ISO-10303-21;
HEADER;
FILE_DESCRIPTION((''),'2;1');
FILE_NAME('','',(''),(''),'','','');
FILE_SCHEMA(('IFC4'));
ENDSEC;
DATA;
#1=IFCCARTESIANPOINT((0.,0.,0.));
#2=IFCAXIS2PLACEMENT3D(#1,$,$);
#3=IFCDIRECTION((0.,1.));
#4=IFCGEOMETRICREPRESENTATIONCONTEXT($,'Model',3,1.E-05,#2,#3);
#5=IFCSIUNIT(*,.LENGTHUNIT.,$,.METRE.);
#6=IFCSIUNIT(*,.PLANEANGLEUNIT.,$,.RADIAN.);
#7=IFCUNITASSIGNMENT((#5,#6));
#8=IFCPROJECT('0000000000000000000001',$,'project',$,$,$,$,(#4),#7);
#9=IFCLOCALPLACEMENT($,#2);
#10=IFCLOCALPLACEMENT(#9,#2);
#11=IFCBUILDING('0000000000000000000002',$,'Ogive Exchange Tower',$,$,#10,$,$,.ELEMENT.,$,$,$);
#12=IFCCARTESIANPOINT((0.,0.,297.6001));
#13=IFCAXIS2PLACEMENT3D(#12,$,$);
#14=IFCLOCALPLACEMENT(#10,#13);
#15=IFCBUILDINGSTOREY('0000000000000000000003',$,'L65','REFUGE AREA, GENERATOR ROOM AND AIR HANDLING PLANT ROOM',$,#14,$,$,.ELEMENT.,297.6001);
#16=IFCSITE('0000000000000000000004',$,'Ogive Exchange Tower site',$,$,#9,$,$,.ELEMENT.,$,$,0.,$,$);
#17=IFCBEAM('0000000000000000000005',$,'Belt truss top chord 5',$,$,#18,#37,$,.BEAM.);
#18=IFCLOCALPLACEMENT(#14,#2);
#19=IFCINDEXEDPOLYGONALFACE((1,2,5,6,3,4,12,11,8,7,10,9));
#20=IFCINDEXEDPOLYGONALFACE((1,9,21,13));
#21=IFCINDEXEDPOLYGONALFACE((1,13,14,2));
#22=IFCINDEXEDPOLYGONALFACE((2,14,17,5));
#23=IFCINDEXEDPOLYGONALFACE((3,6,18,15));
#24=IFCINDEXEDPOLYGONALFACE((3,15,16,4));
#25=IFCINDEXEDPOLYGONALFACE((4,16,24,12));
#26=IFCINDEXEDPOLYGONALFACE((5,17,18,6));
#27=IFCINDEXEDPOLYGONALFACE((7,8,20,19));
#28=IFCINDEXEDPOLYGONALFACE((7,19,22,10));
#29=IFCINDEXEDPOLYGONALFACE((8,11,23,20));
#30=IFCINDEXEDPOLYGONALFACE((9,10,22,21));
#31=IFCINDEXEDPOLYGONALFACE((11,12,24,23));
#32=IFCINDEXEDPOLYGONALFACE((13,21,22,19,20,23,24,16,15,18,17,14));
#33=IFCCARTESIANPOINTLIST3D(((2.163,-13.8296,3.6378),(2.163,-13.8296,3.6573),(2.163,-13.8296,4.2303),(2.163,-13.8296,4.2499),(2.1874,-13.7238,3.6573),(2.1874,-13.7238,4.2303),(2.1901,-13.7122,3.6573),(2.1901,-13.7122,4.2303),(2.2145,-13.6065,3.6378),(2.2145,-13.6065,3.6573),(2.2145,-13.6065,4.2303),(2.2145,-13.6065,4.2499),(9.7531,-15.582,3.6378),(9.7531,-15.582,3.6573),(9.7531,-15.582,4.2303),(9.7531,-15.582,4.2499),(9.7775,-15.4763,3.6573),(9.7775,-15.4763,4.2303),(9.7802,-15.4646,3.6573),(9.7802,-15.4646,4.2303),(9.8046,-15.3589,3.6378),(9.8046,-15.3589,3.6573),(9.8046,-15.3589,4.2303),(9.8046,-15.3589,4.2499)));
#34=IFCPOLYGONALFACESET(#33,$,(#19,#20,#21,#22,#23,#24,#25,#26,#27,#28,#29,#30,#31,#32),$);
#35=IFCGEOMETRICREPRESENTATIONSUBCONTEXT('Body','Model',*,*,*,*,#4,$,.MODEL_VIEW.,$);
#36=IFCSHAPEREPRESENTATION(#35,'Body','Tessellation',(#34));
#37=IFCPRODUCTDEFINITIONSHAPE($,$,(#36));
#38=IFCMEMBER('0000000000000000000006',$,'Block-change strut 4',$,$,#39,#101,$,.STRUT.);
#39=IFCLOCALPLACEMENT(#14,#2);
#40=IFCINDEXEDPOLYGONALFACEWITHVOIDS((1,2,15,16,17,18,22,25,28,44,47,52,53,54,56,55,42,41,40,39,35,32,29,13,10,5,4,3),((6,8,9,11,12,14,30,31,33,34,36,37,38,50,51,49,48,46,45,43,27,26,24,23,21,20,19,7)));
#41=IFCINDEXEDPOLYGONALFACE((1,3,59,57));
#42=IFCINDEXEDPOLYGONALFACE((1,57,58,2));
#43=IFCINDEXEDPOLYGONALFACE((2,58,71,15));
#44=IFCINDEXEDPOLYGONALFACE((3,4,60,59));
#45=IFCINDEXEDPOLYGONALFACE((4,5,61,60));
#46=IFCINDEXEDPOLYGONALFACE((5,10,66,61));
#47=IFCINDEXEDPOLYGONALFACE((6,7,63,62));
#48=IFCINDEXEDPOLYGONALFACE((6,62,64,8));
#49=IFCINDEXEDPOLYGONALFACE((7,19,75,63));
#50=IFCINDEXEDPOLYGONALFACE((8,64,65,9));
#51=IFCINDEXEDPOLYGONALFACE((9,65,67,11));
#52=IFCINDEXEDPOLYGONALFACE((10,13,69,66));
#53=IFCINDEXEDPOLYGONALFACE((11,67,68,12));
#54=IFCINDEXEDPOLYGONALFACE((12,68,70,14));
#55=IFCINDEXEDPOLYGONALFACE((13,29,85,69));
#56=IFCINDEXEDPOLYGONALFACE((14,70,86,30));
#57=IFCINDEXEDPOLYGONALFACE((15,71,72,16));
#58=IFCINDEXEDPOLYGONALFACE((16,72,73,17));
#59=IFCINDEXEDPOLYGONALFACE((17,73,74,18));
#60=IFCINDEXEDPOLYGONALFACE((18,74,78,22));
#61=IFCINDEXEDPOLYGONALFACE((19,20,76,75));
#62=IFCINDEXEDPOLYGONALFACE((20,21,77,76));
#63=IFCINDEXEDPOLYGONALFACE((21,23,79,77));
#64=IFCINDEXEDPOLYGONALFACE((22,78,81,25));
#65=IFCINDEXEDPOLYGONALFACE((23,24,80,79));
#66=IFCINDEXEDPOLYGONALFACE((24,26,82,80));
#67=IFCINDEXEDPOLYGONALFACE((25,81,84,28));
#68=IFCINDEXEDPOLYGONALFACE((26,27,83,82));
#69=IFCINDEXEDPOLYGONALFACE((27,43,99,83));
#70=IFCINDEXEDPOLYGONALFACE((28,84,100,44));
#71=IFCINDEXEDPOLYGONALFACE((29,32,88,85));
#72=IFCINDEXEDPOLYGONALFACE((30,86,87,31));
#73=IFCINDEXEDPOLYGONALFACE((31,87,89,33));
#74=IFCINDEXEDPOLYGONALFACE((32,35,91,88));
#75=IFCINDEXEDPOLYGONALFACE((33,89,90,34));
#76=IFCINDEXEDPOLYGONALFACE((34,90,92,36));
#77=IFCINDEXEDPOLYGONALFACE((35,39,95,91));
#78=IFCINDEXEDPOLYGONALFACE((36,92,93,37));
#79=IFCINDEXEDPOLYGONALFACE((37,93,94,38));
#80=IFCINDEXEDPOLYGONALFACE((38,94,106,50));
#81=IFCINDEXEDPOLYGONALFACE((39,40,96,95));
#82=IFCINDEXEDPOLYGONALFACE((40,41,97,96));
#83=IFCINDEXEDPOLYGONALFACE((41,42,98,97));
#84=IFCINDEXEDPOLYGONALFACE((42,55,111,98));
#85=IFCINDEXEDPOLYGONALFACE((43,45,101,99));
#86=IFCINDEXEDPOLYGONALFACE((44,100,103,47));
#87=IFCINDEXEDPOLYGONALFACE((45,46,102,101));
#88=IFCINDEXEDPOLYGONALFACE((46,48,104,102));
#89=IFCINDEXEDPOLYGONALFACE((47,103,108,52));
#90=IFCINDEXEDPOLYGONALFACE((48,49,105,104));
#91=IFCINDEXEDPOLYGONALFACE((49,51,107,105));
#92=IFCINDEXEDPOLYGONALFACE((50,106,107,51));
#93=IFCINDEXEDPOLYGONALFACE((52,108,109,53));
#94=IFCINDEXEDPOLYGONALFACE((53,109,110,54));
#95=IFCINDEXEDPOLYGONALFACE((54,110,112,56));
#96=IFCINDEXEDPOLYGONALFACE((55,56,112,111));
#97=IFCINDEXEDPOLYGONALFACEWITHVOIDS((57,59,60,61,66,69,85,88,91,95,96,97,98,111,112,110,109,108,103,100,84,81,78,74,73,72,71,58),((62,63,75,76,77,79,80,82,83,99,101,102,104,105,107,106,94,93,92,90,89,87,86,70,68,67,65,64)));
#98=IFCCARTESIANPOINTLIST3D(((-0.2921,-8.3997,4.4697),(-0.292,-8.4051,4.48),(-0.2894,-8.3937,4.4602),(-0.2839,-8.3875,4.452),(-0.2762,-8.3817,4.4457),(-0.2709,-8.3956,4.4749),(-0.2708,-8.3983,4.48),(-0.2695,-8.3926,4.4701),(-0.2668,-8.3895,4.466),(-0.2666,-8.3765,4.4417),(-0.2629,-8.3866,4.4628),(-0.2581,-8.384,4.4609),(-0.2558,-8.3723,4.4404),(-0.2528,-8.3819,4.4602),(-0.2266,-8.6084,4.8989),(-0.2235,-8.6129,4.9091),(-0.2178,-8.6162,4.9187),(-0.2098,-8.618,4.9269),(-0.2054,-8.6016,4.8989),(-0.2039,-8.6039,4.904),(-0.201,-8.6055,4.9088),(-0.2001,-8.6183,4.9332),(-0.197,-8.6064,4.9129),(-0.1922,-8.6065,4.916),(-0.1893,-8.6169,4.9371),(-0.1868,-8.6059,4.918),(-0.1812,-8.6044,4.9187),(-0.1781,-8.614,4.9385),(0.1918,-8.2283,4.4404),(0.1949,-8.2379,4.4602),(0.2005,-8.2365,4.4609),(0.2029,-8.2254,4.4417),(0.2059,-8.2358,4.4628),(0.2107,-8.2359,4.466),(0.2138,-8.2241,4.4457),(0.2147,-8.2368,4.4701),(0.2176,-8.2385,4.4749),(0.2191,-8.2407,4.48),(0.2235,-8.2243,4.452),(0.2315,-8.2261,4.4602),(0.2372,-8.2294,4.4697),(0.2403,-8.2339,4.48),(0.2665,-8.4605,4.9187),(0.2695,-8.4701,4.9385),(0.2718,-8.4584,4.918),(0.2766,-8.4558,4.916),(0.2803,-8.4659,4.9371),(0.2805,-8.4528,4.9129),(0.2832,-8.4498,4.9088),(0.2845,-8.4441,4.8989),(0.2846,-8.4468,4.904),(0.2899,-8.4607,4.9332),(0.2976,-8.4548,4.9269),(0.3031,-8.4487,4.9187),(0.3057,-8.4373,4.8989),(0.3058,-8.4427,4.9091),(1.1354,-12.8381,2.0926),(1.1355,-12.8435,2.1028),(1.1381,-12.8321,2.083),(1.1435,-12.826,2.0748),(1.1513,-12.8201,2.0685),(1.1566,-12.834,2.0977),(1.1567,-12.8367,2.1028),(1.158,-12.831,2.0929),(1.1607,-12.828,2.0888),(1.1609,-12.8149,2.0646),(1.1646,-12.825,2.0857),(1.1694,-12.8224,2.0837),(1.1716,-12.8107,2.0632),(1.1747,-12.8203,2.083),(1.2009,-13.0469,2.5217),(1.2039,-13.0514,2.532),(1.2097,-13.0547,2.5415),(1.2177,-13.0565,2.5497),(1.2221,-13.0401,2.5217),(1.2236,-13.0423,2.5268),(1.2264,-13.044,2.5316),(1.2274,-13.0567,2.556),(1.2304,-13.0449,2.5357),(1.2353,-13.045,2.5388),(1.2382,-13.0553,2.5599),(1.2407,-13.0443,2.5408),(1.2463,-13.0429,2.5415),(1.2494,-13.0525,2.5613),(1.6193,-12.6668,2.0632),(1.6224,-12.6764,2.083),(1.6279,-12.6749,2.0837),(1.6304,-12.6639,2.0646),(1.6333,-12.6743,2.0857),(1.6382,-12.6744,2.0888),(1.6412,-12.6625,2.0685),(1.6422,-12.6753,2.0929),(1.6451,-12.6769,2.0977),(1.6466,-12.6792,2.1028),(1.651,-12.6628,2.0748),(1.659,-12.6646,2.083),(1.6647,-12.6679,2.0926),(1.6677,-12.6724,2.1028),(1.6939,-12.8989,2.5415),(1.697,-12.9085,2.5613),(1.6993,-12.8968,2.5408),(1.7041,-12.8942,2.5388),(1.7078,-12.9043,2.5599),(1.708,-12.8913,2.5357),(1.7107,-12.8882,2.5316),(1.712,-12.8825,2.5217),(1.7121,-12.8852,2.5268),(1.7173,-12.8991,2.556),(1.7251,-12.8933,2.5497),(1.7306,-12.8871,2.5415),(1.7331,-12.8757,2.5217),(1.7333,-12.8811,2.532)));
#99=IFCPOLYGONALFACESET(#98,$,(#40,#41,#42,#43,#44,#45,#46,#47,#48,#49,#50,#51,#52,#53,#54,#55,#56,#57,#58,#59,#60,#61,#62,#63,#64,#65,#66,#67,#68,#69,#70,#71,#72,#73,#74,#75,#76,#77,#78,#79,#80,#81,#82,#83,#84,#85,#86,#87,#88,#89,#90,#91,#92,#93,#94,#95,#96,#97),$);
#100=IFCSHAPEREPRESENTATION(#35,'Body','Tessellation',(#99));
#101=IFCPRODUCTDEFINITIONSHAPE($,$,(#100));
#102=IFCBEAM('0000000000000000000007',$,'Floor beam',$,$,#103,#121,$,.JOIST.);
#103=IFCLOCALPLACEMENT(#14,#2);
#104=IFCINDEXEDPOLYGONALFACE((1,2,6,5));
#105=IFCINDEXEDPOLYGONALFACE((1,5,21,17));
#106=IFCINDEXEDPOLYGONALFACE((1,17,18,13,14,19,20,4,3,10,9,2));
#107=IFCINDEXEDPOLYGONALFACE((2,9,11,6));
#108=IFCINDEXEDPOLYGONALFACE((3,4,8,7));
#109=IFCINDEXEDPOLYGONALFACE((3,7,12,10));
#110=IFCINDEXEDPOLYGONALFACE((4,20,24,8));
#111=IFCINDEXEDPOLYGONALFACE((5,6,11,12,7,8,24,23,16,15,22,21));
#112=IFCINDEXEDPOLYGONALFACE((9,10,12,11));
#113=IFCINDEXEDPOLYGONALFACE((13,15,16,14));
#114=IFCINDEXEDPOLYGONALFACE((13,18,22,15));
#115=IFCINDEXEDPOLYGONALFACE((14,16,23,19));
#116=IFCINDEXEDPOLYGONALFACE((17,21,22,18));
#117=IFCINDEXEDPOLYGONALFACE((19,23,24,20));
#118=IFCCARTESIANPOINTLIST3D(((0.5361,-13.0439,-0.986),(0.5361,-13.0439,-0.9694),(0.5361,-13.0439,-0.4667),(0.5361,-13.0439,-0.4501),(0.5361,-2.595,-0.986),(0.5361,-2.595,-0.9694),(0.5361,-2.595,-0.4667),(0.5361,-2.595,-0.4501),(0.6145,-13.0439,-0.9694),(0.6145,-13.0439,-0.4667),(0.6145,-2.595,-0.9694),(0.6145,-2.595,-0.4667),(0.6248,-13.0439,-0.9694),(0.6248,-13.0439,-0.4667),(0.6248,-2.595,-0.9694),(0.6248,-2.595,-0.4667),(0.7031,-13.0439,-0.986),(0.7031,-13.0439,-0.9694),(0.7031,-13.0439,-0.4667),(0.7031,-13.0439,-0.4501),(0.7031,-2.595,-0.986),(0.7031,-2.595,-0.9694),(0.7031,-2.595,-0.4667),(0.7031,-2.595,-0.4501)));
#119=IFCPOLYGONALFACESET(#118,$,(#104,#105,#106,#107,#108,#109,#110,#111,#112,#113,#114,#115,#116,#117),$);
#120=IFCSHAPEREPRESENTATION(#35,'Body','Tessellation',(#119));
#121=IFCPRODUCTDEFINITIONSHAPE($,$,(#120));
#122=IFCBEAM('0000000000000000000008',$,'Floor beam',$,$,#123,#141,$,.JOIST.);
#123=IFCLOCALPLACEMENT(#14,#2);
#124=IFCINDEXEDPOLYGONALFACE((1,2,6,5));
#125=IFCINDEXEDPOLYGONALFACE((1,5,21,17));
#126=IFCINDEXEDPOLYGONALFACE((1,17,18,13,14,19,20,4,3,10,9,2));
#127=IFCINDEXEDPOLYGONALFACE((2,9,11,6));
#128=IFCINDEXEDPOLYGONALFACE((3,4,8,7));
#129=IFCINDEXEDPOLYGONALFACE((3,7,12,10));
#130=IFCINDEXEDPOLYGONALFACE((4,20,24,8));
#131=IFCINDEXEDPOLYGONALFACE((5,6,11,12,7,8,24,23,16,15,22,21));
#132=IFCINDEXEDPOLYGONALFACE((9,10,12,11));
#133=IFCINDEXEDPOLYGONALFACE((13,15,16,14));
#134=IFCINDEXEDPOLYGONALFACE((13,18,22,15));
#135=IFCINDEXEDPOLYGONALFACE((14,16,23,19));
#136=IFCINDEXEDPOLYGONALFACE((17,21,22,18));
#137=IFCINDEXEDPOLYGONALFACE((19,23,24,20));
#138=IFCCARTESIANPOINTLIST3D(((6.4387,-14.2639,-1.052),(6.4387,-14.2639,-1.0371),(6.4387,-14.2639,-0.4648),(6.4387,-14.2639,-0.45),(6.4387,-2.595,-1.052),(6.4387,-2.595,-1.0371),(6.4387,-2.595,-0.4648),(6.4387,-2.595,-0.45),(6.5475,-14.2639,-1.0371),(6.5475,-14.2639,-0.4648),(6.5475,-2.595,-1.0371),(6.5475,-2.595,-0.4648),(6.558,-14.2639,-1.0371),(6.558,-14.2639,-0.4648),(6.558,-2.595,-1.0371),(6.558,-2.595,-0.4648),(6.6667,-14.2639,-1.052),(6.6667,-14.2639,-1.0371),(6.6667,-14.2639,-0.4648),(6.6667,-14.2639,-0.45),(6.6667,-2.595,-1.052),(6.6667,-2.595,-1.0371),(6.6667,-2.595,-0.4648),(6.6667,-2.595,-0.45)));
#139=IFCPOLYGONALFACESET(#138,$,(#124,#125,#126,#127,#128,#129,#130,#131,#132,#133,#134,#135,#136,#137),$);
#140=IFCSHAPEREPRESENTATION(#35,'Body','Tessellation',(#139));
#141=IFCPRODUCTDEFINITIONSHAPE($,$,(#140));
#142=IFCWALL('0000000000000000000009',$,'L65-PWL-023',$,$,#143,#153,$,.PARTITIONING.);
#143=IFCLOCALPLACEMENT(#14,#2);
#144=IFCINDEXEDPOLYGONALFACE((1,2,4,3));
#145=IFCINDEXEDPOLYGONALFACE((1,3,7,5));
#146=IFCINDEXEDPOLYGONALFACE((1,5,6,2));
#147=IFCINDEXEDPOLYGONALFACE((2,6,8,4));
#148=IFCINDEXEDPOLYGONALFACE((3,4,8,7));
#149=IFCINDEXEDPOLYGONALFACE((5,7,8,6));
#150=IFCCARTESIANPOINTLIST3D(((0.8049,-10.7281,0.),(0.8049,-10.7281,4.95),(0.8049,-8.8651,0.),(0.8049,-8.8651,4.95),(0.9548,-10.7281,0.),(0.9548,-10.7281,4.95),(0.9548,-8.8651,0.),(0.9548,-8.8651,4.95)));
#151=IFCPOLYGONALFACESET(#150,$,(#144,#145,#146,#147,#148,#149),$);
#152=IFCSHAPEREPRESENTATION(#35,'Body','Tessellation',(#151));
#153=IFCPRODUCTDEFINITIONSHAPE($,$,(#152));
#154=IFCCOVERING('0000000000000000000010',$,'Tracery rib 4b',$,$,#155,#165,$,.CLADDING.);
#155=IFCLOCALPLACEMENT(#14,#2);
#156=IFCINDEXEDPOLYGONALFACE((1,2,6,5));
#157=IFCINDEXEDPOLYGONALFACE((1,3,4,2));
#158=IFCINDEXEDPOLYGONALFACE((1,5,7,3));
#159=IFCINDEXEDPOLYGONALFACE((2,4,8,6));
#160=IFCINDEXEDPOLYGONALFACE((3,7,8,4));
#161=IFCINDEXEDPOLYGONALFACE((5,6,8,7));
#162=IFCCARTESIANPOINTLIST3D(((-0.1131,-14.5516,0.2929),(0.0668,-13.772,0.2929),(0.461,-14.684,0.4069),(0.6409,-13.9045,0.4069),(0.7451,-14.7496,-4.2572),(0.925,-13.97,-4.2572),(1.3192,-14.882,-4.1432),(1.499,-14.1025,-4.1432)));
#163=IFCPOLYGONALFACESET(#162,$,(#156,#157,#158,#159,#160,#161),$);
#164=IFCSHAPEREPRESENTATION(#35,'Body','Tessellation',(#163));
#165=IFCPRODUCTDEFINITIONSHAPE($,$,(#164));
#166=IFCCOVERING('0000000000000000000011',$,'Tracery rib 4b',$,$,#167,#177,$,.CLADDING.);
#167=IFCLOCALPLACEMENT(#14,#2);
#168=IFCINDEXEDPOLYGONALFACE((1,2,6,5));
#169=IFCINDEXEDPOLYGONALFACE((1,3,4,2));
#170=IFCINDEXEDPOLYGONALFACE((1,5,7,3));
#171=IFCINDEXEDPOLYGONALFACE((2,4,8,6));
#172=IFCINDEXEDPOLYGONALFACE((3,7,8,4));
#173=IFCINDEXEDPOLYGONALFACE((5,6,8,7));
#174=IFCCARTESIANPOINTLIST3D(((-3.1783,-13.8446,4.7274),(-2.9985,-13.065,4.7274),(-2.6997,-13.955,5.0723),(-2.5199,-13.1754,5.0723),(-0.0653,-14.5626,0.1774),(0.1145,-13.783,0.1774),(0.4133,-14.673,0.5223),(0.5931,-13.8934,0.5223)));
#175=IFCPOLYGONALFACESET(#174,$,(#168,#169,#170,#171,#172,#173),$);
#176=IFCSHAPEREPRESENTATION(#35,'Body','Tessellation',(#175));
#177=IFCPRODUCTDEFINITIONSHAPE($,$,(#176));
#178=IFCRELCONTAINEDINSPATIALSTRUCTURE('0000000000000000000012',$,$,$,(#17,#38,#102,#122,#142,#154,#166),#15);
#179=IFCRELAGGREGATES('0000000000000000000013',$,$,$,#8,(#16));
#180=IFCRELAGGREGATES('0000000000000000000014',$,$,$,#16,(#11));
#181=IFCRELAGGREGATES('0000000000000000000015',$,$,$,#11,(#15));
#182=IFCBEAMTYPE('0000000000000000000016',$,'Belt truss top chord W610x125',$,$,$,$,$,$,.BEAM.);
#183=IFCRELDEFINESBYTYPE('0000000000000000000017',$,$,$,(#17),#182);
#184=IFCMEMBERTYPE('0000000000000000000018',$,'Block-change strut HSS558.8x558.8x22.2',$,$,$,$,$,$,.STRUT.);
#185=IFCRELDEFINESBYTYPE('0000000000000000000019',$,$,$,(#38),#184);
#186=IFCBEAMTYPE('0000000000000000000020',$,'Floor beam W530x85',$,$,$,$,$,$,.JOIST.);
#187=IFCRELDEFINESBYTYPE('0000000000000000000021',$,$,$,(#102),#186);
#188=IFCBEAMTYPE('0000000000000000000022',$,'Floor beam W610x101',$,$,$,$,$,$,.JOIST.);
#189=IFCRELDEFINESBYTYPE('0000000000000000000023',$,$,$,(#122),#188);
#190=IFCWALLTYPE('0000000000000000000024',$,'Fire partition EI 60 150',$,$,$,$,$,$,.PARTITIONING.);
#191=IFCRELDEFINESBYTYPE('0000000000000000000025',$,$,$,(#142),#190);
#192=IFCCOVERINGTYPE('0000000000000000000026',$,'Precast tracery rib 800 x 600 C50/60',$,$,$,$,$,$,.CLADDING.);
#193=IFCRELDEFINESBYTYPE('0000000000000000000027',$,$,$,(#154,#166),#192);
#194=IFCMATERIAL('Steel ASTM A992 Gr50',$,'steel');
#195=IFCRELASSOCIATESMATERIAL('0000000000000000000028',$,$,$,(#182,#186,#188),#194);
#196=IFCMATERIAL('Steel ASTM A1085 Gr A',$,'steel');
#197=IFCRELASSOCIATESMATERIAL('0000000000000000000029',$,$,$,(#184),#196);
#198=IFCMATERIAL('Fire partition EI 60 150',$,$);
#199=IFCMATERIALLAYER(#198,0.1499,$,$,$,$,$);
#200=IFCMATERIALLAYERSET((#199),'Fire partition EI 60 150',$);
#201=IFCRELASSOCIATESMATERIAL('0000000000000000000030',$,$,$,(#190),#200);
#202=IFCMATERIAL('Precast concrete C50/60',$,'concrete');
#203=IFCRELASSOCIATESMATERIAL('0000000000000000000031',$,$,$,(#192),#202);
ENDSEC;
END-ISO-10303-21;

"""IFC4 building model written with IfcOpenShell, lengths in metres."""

from ifc_helpers import new_model, si_unit, direction, frame, frame_2d, origin, origin_2d, place, context, subcontext, project, spatial, rectangle, hollow_rectangle, i_section, extrude, material, layer, layer_set, material_profile, profile_set, type_object, element, save


model = new_model("IFC4")

# Units and contexts
model_context = context("Model", 3, precision=1e-05, world=origin(), true_north=direction((0.0, 1.0)))
body_context = subcontext(model_context, "Body", "Model", "MODEL_VIEW")
ifc_project = project(units=[si_unit("LENGTHUNIT", "METRE"), si_unit("PLANEANGLEUNIT", "RADIAN")], contexts=[model_context])

# Site, building, storey
site_placement = place(None, origin())
site = spatial("IfcSite", under=ifc_project, at=site_placement, Name="Ogive Exchange Tower site", CompositionType="ELEMENT", RefElevation=0.0)
building_placement = place(site_placement, origin())
building = spatial("IfcBuilding", under=site, at=building_placement, Name="Ogive Exchange Tower", CompositionType="ELEMENT")
storey_placement = place(building_placement, frame((0.0, 0.0, 297.6001)))
storey = spatial("IfcBuildingStorey", under=building, at=storey_placement, Name="L65", Description="REFUGE AREA, GENERATOR ROOM AND AIR HANDLING PLANT ROOM", CompositionType="ELEMENT", Elevation=297.6001)

# Shared definitions
ifc_material_1 = material(Name="Steel ASTM A992 Gr50", Category="steel")

# Shared definitions
ifc_material_2 = material(Name="Steel ASTM A1085 Gr A", Category="steel")

# Beam
ifc_material_profile_1 = material_profile(ifc_material_1, i_section(OverallWidth=0.229, OverallDepth=0.6121, WebThickness=0.012, FlangeThickness=0.0195, at=origin_2d()), Name="W610x125")
ifc_profile_set_1 = profile_set([ifc_material_profile_1], Name="Steel ASTM A992 Gr50")
beam_type_1 = type_object("IfcBeamType", Name="Belt truss top chord W610x125", PredefinedType="BEAM", material=ifc_profile_set_1)
beam_1_placement = place(storey_placement, frame((2.1887, -13.718, 3.9438), z_axis=(0.974366, -0.224967, 0.0), x_axis=(0.224967, 0.974366, 0.0)))
element("IfcBeam", 1, at=beam_1_placement, inside=storey, type_object=beam_type_1, Name="Belt truss top chord 5", PredefinedType="BEAM", context=body_context, shape_type="SweptSolid", body=[
    extrude(i_section(OverallWidth=0.229, OverallDepth=0.6121, WebThickness=0.012, FlangeThickness=0.0195, at=origin_2d()), origin(), (0.0, 0.0, 1.0), 7.7898),
])

# Member
ifc_material_profile_2 = material_profile(ifc_material_2, hollow_rectangle(XDim=0.5591, YDim=0.5591, WallThickness=0.0222, InnerFilletRadius=0.0222, OuterFilletRadius=0.0444, at=origin_2d()), Name="HSS558.8x558.8x22.2")
ifc_profile_set_2 = profile_set([ifc_material_profile_2], Name="Steel ASTM A1085 Gr A")
member_type_1 = type_object("IfcMemberType", Name="Block-change strut HSS558.8x558.8x22.2", PredefinedType="STRUT", material=ifc_profile_set_2)
member_placement = place(storey_placement, frame((1.4343, -12.8596, 2.3123), z_axis=(-0.272763, 0.8481, 0.454232), x_axis=(-0.951976, -0.306172, 0.0)))
element("IfcMember", 2, at=member_placement, inside=storey, type_object=member_type_1, Name="Block-change strut 4", PredefinedType="STRUT", context=body_context, shape_type="SweptSolid", body=[
    extrude(hollow_rectangle(XDim=0.5591, YDim=0.5591, WallThickness=0.0222, InnerFilletRadius=0.0222, OuterFilletRadius=0.0444, at=origin_2d()), origin(), (0.0, 0.0, 1.0), 5.2334),
])

# Beams
ifc_material_profile_3 = material_profile(ifc_material_1, i_section(OverallWidth=0.167, OverallDepth=0.5359, WebThickness=0.0103, FlangeThickness=0.0166, at=origin_2d()), Name="W530x85")
ifc_profile_set_3 = profile_set([ifc_material_profile_3], Name="Steel ASTM A992 Gr50")
beam_type_2 = type_object("IfcBeamType", Name="Floor beam W530x85", PredefinedType="JOIST", material=ifc_profile_set_3)
beam_2_placement = place(storey_placement, frame((0.6196, -13.0439, -0.718), z_axis=(0.0, 1.0, 0.0), x_axis=(-1.0, 0.0, 0.0)))
element("IfcBeam", 3, at=beam_2_placement, inside=storey, type_object=beam_type_2, Name="Floor beam", PredefinedType="JOIST", context=body_context, shape_type="SweptSolid", body=[
    extrude(i_section(OverallWidth=0.167, OverallDepth=0.5359, WebThickness=0.0103, FlangeThickness=0.0166, at=origin_2d()), origin(), (0.0, 0.0, 1.0), 10.449),
])
ifc_material_profile_4 = material_profile(ifc_material_1, i_section(OverallWidth=0.228, OverallDepth=0.6021, WebThickness=0.0105, FlangeThickness=0.0149, at=origin_2d()), Name="W610x101")
ifc_profile_set_4 = profile_set([ifc_material_profile_4], Name="Steel ASTM A992 Gr50")
beam_type_3 = type_object("IfcBeamType", Name="Floor beam W610x101", PredefinedType="JOIST", material=ifc_profile_set_4)
beam_3_placement = place(storey_placement, frame((6.5527, -14.2639, -0.751), z_axis=(0.0, 1.0, 0.0), x_axis=(-1.0, 0.0, 0.0)))
element("IfcBeam", 4, at=beam_3_placement, inside=storey, type_object=beam_type_3, Name="Floor beam", PredefinedType="JOIST", context=body_context, shape_type="SweptSolid", body=[
    extrude(i_section(OverallWidth=0.228, OverallDepth=0.6021, WebThickness=0.0105, FlangeThickness=0.0149, at=origin_2d()), origin(), (0.0, 0.0, 1.0), 11.6689),
])

# Wall
ifc_material_3 = material(Name="Fire partition EI 60 150")
ifc_layer = layer(ifc_material_3, 0.1499)
ifc_layer_set = layer_set([ifc_layer], Name="Fire partition EI 60 150")
wall_type = type_object("IfcWallType", Name="Fire partition EI 60 150", PredefinedType="PARTITIONING", material=ifc_layer_set)
wall_placement = place(storey_placement, frame((0.8799, -8.865, 0.0), z_axis=(0.0, 0.0, 1.0), x_axis=(0.0, -1.0, 0.0)))
element("IfcWall", 5, at=wall_placement, inside=storey, type_object=wall_type, Name="L65-PWL-023", PredefinedType="PARTITIONING", context=body_context, shape_type="SweptSolid", body=[
    extrude(rectangle(XDim=1.863, YDim=0.1499, at=frame_2d((0.9316, 0.0))), origin(), (0.0, 0.0, 1.0), 4.95),
])

# Coverings
ifc_material_4 = material(Name="Precast concrete C50/60", Category="concrete")
ifc_material_profile_5 = material_profile(ifc_material_4, rectangle(XDim=0.8, YDim=0.6001, at=origin_2d()), Name="RIB 800 x 600")
ifc_profile_set_5 = profile_set([ifc_material_profile_5], Name="Precast concrete C50/60")
covering_type = type_object("IfcCoveringType", Name="Precast tracery rib 800 x 600 C50/60", PredefinedType="CLADDING", material=ifc_profile_set_5)
covering_1_placement = place(storey_placement, frame((1.1221, -14.426, -4.2002), z_axis=(-0.185167, 0.042723, 0.981778), x_axis=(-0.224819, -0.974401, 0.0)))
element("IfcCovering", 6, at=covering_1_placement, inside=storey, type_object=covering_type, Name="Tracery rib 4b", PredefinedType="CLADDING", context=body_context, shape_type="SweptSolid", body=[
    extrude(rectangle(XDim=0.8, YDim=0.6001, at=origin_2d()), origin(), (0.0, 0.0, 1.0), 4.6345),
])
covering_2_placement = place(storey_placement, frame((0.2639, -14.228, 0.3499), z_axis=(-0.559936, 0.129148, 0.818408), x_axis=(-0.224748, -0.974417, 0.0)))
element("IfcCovering", 7, at=covering_2_placement, inside=storey, type_object=covering_type, Name="Tracery rib 4b", PredefinedType="CLADDING", context=body_context, shape_type="SweptSolid", body=[
    extrude(rectangle(XDim=0.8, YDim=0.6001, at=origin_2d()), origin(), (0.0, 0.0, 1.0), 5.5596),
])

save(model, "model.ifc")
